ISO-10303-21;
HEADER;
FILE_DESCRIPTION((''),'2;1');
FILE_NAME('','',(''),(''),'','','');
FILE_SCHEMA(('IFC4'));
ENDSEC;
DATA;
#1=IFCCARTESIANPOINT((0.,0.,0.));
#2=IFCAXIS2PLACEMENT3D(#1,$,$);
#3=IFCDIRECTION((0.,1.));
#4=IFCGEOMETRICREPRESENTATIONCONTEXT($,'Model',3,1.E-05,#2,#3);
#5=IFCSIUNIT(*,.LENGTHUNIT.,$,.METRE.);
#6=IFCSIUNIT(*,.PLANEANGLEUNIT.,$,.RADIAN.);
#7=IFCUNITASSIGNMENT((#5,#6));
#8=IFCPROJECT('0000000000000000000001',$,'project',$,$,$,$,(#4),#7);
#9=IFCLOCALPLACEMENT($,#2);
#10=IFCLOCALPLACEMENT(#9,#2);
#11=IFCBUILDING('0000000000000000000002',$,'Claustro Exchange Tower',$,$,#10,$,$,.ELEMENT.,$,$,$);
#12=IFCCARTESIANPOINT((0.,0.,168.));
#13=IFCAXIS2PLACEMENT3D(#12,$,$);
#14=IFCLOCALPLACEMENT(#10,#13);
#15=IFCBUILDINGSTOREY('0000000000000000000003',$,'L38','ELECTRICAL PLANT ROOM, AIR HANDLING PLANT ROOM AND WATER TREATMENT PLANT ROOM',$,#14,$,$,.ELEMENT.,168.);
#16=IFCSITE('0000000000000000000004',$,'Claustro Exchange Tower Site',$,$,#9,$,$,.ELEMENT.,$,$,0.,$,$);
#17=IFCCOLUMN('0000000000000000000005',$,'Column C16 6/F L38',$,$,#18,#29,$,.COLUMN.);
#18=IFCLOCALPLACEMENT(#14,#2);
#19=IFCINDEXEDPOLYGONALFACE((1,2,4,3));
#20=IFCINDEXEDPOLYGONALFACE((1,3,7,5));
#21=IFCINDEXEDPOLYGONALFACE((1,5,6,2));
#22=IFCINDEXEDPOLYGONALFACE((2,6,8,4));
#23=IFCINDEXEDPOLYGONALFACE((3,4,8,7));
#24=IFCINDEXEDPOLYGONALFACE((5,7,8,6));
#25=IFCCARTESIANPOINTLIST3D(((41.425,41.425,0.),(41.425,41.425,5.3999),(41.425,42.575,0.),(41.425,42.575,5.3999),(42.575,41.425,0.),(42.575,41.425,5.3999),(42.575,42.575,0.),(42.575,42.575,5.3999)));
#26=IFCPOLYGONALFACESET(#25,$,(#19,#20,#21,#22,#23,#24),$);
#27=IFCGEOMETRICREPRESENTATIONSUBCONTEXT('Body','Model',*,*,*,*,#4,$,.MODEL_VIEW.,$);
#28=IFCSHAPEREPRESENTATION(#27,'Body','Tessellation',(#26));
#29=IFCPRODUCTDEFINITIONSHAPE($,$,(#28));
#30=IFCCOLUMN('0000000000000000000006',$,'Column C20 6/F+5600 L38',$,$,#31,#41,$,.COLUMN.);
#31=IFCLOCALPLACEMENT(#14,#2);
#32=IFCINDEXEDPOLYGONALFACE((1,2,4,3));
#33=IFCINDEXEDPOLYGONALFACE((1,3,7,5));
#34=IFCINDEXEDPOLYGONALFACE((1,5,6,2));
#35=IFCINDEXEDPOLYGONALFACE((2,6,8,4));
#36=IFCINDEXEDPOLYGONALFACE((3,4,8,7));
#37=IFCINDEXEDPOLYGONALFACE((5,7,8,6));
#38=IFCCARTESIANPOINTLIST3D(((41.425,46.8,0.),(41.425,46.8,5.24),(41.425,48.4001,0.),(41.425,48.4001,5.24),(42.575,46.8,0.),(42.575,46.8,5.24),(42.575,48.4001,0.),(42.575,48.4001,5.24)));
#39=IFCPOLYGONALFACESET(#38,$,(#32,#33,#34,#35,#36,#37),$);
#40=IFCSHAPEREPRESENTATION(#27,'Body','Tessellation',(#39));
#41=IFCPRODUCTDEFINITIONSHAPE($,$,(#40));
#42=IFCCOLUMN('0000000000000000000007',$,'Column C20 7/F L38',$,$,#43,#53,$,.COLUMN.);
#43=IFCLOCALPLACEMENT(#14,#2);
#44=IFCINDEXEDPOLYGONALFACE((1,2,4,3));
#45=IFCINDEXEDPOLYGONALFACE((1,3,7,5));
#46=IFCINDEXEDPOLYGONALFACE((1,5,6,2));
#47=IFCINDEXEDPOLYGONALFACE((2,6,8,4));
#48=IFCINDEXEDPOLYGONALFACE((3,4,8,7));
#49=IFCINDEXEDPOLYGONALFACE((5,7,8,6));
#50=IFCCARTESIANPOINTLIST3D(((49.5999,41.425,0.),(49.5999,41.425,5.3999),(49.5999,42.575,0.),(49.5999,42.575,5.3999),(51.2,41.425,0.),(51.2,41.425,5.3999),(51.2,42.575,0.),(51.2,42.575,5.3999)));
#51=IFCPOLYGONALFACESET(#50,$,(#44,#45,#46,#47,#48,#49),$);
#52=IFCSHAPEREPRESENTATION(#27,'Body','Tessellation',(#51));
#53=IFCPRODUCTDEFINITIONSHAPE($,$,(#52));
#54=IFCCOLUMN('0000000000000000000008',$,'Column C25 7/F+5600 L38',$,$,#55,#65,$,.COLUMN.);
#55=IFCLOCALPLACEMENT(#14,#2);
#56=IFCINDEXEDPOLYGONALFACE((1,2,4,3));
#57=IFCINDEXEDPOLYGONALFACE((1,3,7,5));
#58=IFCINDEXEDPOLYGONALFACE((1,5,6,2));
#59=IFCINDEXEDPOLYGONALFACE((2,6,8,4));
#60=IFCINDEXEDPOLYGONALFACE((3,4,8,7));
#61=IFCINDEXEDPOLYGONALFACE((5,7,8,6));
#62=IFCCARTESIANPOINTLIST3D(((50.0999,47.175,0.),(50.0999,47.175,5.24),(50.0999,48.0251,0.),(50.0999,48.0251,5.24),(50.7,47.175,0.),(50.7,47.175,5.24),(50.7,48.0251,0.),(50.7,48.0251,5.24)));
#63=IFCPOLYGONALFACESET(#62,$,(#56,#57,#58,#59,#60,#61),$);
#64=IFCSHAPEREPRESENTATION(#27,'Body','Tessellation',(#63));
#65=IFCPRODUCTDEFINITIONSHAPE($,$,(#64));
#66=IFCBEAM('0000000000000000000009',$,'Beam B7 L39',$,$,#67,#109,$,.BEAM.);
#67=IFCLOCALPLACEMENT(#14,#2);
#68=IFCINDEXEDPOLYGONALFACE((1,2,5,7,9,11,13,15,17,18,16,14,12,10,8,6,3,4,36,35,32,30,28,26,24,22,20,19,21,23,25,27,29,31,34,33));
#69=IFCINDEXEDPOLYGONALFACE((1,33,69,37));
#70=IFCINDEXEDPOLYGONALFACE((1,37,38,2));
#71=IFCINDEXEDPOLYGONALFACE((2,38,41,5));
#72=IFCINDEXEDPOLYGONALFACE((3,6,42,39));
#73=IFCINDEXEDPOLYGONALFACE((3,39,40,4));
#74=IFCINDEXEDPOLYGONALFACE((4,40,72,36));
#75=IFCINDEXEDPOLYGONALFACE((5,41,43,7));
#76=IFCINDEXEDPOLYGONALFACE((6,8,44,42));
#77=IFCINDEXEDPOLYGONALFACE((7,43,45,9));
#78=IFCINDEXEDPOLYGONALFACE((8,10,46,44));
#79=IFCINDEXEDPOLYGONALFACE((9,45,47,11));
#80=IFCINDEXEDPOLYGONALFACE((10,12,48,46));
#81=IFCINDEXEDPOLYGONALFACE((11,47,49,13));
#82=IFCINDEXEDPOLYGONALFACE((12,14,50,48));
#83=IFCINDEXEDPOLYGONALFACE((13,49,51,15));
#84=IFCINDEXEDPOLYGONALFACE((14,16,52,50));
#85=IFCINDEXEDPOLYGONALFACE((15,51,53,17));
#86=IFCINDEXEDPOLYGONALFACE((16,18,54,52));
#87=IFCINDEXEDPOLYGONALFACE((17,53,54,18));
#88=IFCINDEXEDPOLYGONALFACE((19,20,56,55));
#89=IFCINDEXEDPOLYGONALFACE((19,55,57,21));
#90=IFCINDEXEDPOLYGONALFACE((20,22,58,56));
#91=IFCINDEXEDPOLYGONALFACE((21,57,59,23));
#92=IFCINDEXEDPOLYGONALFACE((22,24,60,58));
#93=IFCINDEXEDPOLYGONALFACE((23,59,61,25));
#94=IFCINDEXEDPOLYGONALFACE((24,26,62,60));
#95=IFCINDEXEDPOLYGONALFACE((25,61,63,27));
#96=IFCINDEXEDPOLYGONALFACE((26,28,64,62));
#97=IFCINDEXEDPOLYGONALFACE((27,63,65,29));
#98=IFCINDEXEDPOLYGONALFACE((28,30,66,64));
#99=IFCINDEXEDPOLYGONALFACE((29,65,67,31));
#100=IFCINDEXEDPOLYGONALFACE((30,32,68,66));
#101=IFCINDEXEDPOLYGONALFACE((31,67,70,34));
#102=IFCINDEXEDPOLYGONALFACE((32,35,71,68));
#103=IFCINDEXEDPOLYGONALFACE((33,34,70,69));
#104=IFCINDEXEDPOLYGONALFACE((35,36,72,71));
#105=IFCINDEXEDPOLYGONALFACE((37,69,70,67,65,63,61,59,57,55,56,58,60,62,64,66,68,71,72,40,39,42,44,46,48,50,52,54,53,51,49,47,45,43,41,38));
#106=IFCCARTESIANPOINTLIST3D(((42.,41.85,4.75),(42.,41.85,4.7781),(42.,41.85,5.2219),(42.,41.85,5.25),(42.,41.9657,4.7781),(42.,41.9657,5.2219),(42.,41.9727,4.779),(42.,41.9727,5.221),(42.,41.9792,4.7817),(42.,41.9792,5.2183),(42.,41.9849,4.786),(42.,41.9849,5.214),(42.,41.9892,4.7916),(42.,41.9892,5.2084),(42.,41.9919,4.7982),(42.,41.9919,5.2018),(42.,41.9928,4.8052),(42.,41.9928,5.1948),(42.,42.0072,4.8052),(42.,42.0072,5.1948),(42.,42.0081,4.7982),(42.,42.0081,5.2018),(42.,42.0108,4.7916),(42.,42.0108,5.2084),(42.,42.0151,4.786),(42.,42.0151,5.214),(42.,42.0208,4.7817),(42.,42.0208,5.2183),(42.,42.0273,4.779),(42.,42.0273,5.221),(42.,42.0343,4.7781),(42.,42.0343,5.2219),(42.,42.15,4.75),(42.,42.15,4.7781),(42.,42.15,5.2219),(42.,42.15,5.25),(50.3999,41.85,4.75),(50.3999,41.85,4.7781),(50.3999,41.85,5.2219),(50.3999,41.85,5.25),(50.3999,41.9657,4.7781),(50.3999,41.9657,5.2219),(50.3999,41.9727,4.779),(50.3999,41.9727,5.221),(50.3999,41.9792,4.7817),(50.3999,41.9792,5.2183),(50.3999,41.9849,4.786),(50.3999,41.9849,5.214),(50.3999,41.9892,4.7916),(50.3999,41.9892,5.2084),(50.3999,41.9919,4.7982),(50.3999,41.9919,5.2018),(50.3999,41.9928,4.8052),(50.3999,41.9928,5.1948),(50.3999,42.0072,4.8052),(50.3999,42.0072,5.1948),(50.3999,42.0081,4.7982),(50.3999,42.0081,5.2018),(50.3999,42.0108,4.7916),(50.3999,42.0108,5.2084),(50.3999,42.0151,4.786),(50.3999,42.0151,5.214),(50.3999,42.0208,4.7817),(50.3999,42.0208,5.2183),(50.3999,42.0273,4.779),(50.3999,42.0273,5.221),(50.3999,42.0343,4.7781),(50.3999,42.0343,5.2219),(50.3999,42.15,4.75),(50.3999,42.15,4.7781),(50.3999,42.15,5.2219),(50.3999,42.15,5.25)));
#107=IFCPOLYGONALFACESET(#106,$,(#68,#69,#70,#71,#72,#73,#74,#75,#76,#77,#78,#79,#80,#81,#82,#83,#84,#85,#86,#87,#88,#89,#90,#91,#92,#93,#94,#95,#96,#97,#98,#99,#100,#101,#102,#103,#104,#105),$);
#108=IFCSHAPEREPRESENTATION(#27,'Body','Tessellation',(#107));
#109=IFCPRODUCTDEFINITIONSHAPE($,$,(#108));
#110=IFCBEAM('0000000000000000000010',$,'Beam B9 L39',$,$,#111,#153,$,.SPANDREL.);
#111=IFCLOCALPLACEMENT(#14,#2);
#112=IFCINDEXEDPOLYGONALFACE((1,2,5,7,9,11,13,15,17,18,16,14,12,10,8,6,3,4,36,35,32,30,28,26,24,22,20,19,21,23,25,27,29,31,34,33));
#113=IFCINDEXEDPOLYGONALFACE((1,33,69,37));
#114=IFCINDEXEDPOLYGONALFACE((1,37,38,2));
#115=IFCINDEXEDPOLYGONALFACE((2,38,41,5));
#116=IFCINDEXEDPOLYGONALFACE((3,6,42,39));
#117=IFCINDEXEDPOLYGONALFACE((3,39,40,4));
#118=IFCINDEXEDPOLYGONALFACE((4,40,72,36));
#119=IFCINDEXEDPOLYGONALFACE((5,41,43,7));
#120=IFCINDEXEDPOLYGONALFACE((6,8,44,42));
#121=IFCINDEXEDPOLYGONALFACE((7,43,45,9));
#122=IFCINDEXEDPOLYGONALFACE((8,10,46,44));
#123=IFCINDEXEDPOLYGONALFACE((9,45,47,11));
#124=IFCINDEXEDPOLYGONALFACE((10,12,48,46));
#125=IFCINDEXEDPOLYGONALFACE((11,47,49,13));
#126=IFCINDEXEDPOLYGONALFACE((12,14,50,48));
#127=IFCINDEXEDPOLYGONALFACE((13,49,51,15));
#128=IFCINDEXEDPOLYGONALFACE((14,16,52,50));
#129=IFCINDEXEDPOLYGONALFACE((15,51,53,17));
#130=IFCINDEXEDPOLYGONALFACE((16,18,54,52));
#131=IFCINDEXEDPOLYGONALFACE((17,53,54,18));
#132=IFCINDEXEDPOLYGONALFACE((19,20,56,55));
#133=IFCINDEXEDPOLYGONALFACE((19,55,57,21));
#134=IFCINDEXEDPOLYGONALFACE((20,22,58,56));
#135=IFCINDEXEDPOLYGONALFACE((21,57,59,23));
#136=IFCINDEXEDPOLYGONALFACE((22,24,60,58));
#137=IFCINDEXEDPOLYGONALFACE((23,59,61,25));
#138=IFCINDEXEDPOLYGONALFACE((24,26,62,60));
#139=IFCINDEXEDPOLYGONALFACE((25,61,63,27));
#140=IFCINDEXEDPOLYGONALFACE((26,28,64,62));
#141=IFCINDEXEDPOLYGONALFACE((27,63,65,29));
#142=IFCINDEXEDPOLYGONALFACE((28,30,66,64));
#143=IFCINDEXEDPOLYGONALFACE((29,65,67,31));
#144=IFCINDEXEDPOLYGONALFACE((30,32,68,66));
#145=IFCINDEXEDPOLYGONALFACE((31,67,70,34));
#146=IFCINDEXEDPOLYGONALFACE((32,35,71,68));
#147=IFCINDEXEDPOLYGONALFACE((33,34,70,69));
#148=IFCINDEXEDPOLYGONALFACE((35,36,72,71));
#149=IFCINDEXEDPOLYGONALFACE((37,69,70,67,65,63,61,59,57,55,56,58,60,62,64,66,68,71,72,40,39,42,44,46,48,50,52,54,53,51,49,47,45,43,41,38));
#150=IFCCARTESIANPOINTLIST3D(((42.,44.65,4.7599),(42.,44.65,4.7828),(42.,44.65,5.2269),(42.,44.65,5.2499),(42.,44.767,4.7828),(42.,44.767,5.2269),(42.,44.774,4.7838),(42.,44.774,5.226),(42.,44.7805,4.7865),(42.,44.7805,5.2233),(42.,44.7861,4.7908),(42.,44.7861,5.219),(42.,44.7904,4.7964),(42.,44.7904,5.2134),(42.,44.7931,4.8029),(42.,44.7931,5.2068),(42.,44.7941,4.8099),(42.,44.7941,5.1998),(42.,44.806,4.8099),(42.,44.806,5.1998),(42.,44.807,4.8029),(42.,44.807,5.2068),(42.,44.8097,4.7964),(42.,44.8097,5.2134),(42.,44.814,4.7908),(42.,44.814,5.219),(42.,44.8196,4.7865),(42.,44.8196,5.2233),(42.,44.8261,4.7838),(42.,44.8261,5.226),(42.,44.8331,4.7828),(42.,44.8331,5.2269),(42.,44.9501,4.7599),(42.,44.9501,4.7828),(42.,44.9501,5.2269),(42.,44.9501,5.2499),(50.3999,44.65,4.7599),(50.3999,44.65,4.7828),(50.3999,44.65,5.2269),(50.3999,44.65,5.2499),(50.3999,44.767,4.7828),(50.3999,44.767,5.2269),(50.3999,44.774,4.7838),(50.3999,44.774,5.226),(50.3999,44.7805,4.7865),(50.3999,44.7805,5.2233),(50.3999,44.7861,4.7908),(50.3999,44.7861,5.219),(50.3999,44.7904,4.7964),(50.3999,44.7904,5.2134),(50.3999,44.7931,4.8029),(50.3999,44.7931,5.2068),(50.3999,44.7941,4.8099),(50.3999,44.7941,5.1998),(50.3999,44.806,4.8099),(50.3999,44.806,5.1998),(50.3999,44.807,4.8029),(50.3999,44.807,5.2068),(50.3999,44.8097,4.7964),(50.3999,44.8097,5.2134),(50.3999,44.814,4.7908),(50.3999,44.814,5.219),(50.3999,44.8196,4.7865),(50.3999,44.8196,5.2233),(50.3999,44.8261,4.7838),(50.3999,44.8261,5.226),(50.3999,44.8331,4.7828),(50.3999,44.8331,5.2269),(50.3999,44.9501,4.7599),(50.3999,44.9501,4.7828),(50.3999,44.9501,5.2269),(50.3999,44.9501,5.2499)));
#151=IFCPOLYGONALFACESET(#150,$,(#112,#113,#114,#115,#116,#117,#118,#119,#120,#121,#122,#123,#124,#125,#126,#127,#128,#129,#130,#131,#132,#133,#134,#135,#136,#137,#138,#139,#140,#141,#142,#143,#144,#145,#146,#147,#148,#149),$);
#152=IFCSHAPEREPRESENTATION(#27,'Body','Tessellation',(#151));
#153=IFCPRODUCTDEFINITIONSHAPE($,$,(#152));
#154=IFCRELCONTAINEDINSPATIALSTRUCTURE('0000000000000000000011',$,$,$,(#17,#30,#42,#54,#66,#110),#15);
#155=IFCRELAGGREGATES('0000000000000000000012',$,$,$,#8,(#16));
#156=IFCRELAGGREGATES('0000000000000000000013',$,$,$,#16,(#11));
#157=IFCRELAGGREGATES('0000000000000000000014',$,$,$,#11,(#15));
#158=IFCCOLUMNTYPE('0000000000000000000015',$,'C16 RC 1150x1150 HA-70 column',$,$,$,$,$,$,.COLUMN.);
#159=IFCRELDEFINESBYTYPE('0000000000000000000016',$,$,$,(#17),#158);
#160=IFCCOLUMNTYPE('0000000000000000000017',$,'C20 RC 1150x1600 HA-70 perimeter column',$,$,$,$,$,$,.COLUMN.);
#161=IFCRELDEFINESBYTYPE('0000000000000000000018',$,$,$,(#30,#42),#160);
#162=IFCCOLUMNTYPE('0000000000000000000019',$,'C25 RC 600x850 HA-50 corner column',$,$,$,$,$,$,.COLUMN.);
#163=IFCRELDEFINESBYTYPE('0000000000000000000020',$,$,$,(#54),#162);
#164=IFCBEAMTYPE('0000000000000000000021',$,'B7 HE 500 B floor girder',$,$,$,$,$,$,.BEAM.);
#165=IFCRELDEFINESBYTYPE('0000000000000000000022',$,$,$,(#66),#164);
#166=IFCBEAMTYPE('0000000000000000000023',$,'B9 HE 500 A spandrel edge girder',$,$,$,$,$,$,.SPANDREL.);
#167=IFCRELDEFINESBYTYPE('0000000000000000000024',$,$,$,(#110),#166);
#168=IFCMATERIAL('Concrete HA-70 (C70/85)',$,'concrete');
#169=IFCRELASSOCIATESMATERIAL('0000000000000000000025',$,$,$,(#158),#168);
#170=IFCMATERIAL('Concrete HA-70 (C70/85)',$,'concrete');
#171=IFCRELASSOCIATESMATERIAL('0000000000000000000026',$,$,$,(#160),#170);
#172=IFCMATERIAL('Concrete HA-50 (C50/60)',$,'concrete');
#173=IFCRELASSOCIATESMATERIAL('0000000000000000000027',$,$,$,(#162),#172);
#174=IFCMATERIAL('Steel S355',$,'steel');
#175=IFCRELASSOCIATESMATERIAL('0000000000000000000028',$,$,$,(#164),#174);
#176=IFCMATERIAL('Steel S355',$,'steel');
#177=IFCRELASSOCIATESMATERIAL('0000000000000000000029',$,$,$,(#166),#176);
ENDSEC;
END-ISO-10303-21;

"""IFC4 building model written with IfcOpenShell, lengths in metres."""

from ifc_helpers import new_model, si_unit, direction, frame, origin, origin_2d, place, context, subcontext, project, spatial, rectangle, i_section, extrude, material, material_profile, profile_set, type_object, element, save


model = new_model("IFC4")

# Units and contexts
model_context = context("Model", 3, precision=1e-05, world=origin(), true_north=direction((0.0, 1.0)))
body_context = subcontext(model_context, "Body", "Model", "MODEL_VIEW")
ifc_project = project(units=[si_unit("LENGTHUNIT", "METRE"), si_unit("PLANEANGLEUNIT", "RADIAN")], contexts=[model_context])

# Site, building, storey
site_placement = place(None, origin())
site = spatial("IfcSite", under=ifc_project, at=site_placement, Name="Claustro Exchange Tower Site", CompositionType="ELEMENT", RefElevation=0.0)
building_placement = place(site_placement, origin())
building = spatial("IfcBuilding", under=site, at=building_placement, Name="Claustro Exchange Tower", CompositionType="ELEMENT")
storey_placement = place(building_placement, frame((0.0, 0.0, 168.0)))
storey = spatial("IfcBuildingStorey", under=building, at=storey_placement, Name="L38", Description="ELECTRICAL PLANT ROOM, AIR HANDLING PLANT ROOM AND WATER TREATMENT PLANT ROOM", CompositionType="ELEMENT", Elevation=168.0)

# Columns
ifc_material_1 = material(Name="Concrete HA-70 (C70/85)", Category="concrete")
ifc_material_profile_1 = material_profile(ifc_material_1, rectangle(XDim=1.1499, YDim=1.1499, at=origin_2d()), Name="RC 1150x1150")
ifc_profile_set_1 = profile_set([ifc_material_profile_1], Name="Concrete HA-70 (C70/85)")
column_type_1 = type_object("IfcColumnType", Name="C16 RC 1150x1150 HA-70 column", PredefinedType="COLUMN", material=ifc_profile_set_1)
column_1_placement = place(storey_placement, frame((42.0, 42.0, 0.0), z_axis=(0.0, 0.0, 1.0), x_axis=(1.0, 0.0, 0.0)))
element("IfcColumn", 1, at=column_1_placement, inside=storey, type_object=column_type_1, Name="Column C16 6/F L38", PredefinedType="COLUMN", context=body_context, shape_type="SweptSolid", body=[
    extrude(rectangle(XDim=1.1499, YDim=1.1499, at=origin_2d()), origin(), (0.0, 0.0, 1.0), 5.3999),
])
ifc_material_2 = material(Name="Concrete HA-70 (C70/85)", Category="concrete")
ifc_material_profile_2 = material_profile(ifc_material_2, rectangle(XDim=1.1499, YDim=1.6001, at=origin_2d()), Name="RC 1150x1600")
ifc_profile_set_2 = profile_set([ifc_material_profile_2], Name="Concrete HA-70 (C70/85)")
column_type_2 = type_object("IfcColumnType", Name="C20 RC 1150x1600 HA-70 perimeter column", PredefinedType="COLUMN", material=ifc_profile_set_2)
column_2_placement = place(storey_placement, frame((42.0, 47.6001, 0.0), z_axis=(0.0, 0.0, 1.0), x_axis=(1.0, 0.0, 0.0)))
element("IfcColumn", 2, at=column_2_placement, inside=storey, type_object=column_type_2, Name="Column C20 6/F+5600 L38", PredefinedType="COLUMN", context=body_context, shape_type="SweptSolid", body=[
    extrude(rectangle(XDim=1.1499, YDim=1.6001, at=origin_2d()), origin(), (0.0, 0.0, 1.0), 5.24),
])
column_3_placement = place(storey_placement, frame((50.3999, 42.0, 0.0), z_axis=(0.0, 0.0, 1.0), x_axis=(0.0, 1.0, 0.0)))
element("IfcColumn", 3, at=column_3_placement, inside=storey, type_object=column_type_2, Name="Column C20 7/F L38", PredefinedType="COLUMN", context=body_context, shape_type="SweptSolid", body=[
    extrude(rectangle(XDim=1.1499, YDim=1.6001, at=origin_2d()), origin(), (0.0, 0.0, 1.0), 5.3999),
])
ifc_material_3 = material(Name="Concrete HA-50 (C50/60)", Category="concrete")
ifc_material_profile_3 = material_profile(ifc_material_3, rectangle(XDim=0.6001, YDim=0.8501, at=origin_2d()), Name="RC 600x850")
ifc_profile_set_3 = profile_set([ifc_material_profile_3], Name="Concrete HA-50 (C50/60)")
column_type_3 = type_object("IfcColumnType", Name="C25 RC 600x850 HA-50 corner column", PredefinedType="COLUMN", material=ifc_profile_set_3)
column_4_placement = place(storey_placement, frame((50.3999, 47.6001, 0.0), z_axis=(0.0, 0.0, 1.0), x_axis=(1.0, 0.0, 0.0)))
element("IfcColumn", 4, at=column_4_placement, inside=storey, type_object=column_type_3, Name="Column C25 7/F+5600 L38", PredefinedType="COLUMN", context=body_context, shape_type="SweptSolid", body=[
    extrude(rectangle(XDim=0.6001, YDim=0.8501, at=origin_2d()), origin(), (0.0, 0.0, 1.0), 5.24),
])

# Beams
ifc_material_4 = material(Name="Steel S355", Category="steel")
ifc_material_profile_4 = material_profile(ifc_material_4, i_section(OverallWidth=0.3, OverallDepth=0.5, WebThickness=0.0144, FlangeThickness=0.0281, FilletRadius=0.0271, at=origin_2d()), Name="HE 500 B")
ifc_profile_set_4 = profile_set([ifc_material_profile_4], Name="Steel S355")
beam_type_1 = type_object("IfcBeamType", Name="B7 HE 500 B floor girder", PredefinedType="BEAM", material=ifc_profile_set_4)
beam_1_placement = place(storey_placement, frame((42.0, 42.0, 5.0), z_axis=(1.0, 0.0, 0.0), x_axis=(0.0, 1.0, 0.0)))
element("IfcBeam", 5, at=beam_1_placement, inside=storey, type_object=beam_type_1, Name="Beam B7 L39", PredefinedType="BEAM", context=body_context, shape_type="SweptSolid", body=[
    extrude(i_section(OverallWidth=0.3, OverallDepth=0.5, WebThickness=0.0144, FlangeThickness=0.0281, FilletRadius=0.0271, at=origin_2d()), origin(), (0.0, 0.0, 1.0), 8.3999),
])
ifc_material_5 = material(Name="Steel S355", Category="steel")
ifc_material_profile_5 = material_profile(ifc_material_5, i_section(OverallWidth=0.3, OverallDepth=0.49, WebThickness=0.012, FlangeThickness=0.0229, FilletRadius=0.0271, at=origin_2d()), Name="HE 500 A")
ifc_profile_set_5 = profile_set([ifc_material_profile_5], Name="Steel S355")
beam_type_2 = type_object("IfcBeamType", Name="B9 HE 500 A spandrel edge girder", PredefinedType="SPANDREL", material=ifc_profile_set_5)
beam_2_placement = place(storey_placement, frame((42.0, 44.8, 5.0049), z_axis=(1.0, 0.0, 0.0), x_axis=(0.0, 1.0, 0.0)))
element("IfcBeam", 6, at=beam_2_placement, inside=storey, type_object=beam_type_2, Name="Beam B9 L39", PredefinedType="SPANDREL", context=body_context, shape_type="SweptSolid", body=[
    extrude(i_section(OverallWidth=0.3, OverallDepth=0.49, WebThickness=0.012, FlangeThickness=0.0229, FilletRadius=0.0271, at=origin_2d()), origin(), (0.0, 0.0, 1.0), 8.3999),
])

save(model, "model.ifc")
